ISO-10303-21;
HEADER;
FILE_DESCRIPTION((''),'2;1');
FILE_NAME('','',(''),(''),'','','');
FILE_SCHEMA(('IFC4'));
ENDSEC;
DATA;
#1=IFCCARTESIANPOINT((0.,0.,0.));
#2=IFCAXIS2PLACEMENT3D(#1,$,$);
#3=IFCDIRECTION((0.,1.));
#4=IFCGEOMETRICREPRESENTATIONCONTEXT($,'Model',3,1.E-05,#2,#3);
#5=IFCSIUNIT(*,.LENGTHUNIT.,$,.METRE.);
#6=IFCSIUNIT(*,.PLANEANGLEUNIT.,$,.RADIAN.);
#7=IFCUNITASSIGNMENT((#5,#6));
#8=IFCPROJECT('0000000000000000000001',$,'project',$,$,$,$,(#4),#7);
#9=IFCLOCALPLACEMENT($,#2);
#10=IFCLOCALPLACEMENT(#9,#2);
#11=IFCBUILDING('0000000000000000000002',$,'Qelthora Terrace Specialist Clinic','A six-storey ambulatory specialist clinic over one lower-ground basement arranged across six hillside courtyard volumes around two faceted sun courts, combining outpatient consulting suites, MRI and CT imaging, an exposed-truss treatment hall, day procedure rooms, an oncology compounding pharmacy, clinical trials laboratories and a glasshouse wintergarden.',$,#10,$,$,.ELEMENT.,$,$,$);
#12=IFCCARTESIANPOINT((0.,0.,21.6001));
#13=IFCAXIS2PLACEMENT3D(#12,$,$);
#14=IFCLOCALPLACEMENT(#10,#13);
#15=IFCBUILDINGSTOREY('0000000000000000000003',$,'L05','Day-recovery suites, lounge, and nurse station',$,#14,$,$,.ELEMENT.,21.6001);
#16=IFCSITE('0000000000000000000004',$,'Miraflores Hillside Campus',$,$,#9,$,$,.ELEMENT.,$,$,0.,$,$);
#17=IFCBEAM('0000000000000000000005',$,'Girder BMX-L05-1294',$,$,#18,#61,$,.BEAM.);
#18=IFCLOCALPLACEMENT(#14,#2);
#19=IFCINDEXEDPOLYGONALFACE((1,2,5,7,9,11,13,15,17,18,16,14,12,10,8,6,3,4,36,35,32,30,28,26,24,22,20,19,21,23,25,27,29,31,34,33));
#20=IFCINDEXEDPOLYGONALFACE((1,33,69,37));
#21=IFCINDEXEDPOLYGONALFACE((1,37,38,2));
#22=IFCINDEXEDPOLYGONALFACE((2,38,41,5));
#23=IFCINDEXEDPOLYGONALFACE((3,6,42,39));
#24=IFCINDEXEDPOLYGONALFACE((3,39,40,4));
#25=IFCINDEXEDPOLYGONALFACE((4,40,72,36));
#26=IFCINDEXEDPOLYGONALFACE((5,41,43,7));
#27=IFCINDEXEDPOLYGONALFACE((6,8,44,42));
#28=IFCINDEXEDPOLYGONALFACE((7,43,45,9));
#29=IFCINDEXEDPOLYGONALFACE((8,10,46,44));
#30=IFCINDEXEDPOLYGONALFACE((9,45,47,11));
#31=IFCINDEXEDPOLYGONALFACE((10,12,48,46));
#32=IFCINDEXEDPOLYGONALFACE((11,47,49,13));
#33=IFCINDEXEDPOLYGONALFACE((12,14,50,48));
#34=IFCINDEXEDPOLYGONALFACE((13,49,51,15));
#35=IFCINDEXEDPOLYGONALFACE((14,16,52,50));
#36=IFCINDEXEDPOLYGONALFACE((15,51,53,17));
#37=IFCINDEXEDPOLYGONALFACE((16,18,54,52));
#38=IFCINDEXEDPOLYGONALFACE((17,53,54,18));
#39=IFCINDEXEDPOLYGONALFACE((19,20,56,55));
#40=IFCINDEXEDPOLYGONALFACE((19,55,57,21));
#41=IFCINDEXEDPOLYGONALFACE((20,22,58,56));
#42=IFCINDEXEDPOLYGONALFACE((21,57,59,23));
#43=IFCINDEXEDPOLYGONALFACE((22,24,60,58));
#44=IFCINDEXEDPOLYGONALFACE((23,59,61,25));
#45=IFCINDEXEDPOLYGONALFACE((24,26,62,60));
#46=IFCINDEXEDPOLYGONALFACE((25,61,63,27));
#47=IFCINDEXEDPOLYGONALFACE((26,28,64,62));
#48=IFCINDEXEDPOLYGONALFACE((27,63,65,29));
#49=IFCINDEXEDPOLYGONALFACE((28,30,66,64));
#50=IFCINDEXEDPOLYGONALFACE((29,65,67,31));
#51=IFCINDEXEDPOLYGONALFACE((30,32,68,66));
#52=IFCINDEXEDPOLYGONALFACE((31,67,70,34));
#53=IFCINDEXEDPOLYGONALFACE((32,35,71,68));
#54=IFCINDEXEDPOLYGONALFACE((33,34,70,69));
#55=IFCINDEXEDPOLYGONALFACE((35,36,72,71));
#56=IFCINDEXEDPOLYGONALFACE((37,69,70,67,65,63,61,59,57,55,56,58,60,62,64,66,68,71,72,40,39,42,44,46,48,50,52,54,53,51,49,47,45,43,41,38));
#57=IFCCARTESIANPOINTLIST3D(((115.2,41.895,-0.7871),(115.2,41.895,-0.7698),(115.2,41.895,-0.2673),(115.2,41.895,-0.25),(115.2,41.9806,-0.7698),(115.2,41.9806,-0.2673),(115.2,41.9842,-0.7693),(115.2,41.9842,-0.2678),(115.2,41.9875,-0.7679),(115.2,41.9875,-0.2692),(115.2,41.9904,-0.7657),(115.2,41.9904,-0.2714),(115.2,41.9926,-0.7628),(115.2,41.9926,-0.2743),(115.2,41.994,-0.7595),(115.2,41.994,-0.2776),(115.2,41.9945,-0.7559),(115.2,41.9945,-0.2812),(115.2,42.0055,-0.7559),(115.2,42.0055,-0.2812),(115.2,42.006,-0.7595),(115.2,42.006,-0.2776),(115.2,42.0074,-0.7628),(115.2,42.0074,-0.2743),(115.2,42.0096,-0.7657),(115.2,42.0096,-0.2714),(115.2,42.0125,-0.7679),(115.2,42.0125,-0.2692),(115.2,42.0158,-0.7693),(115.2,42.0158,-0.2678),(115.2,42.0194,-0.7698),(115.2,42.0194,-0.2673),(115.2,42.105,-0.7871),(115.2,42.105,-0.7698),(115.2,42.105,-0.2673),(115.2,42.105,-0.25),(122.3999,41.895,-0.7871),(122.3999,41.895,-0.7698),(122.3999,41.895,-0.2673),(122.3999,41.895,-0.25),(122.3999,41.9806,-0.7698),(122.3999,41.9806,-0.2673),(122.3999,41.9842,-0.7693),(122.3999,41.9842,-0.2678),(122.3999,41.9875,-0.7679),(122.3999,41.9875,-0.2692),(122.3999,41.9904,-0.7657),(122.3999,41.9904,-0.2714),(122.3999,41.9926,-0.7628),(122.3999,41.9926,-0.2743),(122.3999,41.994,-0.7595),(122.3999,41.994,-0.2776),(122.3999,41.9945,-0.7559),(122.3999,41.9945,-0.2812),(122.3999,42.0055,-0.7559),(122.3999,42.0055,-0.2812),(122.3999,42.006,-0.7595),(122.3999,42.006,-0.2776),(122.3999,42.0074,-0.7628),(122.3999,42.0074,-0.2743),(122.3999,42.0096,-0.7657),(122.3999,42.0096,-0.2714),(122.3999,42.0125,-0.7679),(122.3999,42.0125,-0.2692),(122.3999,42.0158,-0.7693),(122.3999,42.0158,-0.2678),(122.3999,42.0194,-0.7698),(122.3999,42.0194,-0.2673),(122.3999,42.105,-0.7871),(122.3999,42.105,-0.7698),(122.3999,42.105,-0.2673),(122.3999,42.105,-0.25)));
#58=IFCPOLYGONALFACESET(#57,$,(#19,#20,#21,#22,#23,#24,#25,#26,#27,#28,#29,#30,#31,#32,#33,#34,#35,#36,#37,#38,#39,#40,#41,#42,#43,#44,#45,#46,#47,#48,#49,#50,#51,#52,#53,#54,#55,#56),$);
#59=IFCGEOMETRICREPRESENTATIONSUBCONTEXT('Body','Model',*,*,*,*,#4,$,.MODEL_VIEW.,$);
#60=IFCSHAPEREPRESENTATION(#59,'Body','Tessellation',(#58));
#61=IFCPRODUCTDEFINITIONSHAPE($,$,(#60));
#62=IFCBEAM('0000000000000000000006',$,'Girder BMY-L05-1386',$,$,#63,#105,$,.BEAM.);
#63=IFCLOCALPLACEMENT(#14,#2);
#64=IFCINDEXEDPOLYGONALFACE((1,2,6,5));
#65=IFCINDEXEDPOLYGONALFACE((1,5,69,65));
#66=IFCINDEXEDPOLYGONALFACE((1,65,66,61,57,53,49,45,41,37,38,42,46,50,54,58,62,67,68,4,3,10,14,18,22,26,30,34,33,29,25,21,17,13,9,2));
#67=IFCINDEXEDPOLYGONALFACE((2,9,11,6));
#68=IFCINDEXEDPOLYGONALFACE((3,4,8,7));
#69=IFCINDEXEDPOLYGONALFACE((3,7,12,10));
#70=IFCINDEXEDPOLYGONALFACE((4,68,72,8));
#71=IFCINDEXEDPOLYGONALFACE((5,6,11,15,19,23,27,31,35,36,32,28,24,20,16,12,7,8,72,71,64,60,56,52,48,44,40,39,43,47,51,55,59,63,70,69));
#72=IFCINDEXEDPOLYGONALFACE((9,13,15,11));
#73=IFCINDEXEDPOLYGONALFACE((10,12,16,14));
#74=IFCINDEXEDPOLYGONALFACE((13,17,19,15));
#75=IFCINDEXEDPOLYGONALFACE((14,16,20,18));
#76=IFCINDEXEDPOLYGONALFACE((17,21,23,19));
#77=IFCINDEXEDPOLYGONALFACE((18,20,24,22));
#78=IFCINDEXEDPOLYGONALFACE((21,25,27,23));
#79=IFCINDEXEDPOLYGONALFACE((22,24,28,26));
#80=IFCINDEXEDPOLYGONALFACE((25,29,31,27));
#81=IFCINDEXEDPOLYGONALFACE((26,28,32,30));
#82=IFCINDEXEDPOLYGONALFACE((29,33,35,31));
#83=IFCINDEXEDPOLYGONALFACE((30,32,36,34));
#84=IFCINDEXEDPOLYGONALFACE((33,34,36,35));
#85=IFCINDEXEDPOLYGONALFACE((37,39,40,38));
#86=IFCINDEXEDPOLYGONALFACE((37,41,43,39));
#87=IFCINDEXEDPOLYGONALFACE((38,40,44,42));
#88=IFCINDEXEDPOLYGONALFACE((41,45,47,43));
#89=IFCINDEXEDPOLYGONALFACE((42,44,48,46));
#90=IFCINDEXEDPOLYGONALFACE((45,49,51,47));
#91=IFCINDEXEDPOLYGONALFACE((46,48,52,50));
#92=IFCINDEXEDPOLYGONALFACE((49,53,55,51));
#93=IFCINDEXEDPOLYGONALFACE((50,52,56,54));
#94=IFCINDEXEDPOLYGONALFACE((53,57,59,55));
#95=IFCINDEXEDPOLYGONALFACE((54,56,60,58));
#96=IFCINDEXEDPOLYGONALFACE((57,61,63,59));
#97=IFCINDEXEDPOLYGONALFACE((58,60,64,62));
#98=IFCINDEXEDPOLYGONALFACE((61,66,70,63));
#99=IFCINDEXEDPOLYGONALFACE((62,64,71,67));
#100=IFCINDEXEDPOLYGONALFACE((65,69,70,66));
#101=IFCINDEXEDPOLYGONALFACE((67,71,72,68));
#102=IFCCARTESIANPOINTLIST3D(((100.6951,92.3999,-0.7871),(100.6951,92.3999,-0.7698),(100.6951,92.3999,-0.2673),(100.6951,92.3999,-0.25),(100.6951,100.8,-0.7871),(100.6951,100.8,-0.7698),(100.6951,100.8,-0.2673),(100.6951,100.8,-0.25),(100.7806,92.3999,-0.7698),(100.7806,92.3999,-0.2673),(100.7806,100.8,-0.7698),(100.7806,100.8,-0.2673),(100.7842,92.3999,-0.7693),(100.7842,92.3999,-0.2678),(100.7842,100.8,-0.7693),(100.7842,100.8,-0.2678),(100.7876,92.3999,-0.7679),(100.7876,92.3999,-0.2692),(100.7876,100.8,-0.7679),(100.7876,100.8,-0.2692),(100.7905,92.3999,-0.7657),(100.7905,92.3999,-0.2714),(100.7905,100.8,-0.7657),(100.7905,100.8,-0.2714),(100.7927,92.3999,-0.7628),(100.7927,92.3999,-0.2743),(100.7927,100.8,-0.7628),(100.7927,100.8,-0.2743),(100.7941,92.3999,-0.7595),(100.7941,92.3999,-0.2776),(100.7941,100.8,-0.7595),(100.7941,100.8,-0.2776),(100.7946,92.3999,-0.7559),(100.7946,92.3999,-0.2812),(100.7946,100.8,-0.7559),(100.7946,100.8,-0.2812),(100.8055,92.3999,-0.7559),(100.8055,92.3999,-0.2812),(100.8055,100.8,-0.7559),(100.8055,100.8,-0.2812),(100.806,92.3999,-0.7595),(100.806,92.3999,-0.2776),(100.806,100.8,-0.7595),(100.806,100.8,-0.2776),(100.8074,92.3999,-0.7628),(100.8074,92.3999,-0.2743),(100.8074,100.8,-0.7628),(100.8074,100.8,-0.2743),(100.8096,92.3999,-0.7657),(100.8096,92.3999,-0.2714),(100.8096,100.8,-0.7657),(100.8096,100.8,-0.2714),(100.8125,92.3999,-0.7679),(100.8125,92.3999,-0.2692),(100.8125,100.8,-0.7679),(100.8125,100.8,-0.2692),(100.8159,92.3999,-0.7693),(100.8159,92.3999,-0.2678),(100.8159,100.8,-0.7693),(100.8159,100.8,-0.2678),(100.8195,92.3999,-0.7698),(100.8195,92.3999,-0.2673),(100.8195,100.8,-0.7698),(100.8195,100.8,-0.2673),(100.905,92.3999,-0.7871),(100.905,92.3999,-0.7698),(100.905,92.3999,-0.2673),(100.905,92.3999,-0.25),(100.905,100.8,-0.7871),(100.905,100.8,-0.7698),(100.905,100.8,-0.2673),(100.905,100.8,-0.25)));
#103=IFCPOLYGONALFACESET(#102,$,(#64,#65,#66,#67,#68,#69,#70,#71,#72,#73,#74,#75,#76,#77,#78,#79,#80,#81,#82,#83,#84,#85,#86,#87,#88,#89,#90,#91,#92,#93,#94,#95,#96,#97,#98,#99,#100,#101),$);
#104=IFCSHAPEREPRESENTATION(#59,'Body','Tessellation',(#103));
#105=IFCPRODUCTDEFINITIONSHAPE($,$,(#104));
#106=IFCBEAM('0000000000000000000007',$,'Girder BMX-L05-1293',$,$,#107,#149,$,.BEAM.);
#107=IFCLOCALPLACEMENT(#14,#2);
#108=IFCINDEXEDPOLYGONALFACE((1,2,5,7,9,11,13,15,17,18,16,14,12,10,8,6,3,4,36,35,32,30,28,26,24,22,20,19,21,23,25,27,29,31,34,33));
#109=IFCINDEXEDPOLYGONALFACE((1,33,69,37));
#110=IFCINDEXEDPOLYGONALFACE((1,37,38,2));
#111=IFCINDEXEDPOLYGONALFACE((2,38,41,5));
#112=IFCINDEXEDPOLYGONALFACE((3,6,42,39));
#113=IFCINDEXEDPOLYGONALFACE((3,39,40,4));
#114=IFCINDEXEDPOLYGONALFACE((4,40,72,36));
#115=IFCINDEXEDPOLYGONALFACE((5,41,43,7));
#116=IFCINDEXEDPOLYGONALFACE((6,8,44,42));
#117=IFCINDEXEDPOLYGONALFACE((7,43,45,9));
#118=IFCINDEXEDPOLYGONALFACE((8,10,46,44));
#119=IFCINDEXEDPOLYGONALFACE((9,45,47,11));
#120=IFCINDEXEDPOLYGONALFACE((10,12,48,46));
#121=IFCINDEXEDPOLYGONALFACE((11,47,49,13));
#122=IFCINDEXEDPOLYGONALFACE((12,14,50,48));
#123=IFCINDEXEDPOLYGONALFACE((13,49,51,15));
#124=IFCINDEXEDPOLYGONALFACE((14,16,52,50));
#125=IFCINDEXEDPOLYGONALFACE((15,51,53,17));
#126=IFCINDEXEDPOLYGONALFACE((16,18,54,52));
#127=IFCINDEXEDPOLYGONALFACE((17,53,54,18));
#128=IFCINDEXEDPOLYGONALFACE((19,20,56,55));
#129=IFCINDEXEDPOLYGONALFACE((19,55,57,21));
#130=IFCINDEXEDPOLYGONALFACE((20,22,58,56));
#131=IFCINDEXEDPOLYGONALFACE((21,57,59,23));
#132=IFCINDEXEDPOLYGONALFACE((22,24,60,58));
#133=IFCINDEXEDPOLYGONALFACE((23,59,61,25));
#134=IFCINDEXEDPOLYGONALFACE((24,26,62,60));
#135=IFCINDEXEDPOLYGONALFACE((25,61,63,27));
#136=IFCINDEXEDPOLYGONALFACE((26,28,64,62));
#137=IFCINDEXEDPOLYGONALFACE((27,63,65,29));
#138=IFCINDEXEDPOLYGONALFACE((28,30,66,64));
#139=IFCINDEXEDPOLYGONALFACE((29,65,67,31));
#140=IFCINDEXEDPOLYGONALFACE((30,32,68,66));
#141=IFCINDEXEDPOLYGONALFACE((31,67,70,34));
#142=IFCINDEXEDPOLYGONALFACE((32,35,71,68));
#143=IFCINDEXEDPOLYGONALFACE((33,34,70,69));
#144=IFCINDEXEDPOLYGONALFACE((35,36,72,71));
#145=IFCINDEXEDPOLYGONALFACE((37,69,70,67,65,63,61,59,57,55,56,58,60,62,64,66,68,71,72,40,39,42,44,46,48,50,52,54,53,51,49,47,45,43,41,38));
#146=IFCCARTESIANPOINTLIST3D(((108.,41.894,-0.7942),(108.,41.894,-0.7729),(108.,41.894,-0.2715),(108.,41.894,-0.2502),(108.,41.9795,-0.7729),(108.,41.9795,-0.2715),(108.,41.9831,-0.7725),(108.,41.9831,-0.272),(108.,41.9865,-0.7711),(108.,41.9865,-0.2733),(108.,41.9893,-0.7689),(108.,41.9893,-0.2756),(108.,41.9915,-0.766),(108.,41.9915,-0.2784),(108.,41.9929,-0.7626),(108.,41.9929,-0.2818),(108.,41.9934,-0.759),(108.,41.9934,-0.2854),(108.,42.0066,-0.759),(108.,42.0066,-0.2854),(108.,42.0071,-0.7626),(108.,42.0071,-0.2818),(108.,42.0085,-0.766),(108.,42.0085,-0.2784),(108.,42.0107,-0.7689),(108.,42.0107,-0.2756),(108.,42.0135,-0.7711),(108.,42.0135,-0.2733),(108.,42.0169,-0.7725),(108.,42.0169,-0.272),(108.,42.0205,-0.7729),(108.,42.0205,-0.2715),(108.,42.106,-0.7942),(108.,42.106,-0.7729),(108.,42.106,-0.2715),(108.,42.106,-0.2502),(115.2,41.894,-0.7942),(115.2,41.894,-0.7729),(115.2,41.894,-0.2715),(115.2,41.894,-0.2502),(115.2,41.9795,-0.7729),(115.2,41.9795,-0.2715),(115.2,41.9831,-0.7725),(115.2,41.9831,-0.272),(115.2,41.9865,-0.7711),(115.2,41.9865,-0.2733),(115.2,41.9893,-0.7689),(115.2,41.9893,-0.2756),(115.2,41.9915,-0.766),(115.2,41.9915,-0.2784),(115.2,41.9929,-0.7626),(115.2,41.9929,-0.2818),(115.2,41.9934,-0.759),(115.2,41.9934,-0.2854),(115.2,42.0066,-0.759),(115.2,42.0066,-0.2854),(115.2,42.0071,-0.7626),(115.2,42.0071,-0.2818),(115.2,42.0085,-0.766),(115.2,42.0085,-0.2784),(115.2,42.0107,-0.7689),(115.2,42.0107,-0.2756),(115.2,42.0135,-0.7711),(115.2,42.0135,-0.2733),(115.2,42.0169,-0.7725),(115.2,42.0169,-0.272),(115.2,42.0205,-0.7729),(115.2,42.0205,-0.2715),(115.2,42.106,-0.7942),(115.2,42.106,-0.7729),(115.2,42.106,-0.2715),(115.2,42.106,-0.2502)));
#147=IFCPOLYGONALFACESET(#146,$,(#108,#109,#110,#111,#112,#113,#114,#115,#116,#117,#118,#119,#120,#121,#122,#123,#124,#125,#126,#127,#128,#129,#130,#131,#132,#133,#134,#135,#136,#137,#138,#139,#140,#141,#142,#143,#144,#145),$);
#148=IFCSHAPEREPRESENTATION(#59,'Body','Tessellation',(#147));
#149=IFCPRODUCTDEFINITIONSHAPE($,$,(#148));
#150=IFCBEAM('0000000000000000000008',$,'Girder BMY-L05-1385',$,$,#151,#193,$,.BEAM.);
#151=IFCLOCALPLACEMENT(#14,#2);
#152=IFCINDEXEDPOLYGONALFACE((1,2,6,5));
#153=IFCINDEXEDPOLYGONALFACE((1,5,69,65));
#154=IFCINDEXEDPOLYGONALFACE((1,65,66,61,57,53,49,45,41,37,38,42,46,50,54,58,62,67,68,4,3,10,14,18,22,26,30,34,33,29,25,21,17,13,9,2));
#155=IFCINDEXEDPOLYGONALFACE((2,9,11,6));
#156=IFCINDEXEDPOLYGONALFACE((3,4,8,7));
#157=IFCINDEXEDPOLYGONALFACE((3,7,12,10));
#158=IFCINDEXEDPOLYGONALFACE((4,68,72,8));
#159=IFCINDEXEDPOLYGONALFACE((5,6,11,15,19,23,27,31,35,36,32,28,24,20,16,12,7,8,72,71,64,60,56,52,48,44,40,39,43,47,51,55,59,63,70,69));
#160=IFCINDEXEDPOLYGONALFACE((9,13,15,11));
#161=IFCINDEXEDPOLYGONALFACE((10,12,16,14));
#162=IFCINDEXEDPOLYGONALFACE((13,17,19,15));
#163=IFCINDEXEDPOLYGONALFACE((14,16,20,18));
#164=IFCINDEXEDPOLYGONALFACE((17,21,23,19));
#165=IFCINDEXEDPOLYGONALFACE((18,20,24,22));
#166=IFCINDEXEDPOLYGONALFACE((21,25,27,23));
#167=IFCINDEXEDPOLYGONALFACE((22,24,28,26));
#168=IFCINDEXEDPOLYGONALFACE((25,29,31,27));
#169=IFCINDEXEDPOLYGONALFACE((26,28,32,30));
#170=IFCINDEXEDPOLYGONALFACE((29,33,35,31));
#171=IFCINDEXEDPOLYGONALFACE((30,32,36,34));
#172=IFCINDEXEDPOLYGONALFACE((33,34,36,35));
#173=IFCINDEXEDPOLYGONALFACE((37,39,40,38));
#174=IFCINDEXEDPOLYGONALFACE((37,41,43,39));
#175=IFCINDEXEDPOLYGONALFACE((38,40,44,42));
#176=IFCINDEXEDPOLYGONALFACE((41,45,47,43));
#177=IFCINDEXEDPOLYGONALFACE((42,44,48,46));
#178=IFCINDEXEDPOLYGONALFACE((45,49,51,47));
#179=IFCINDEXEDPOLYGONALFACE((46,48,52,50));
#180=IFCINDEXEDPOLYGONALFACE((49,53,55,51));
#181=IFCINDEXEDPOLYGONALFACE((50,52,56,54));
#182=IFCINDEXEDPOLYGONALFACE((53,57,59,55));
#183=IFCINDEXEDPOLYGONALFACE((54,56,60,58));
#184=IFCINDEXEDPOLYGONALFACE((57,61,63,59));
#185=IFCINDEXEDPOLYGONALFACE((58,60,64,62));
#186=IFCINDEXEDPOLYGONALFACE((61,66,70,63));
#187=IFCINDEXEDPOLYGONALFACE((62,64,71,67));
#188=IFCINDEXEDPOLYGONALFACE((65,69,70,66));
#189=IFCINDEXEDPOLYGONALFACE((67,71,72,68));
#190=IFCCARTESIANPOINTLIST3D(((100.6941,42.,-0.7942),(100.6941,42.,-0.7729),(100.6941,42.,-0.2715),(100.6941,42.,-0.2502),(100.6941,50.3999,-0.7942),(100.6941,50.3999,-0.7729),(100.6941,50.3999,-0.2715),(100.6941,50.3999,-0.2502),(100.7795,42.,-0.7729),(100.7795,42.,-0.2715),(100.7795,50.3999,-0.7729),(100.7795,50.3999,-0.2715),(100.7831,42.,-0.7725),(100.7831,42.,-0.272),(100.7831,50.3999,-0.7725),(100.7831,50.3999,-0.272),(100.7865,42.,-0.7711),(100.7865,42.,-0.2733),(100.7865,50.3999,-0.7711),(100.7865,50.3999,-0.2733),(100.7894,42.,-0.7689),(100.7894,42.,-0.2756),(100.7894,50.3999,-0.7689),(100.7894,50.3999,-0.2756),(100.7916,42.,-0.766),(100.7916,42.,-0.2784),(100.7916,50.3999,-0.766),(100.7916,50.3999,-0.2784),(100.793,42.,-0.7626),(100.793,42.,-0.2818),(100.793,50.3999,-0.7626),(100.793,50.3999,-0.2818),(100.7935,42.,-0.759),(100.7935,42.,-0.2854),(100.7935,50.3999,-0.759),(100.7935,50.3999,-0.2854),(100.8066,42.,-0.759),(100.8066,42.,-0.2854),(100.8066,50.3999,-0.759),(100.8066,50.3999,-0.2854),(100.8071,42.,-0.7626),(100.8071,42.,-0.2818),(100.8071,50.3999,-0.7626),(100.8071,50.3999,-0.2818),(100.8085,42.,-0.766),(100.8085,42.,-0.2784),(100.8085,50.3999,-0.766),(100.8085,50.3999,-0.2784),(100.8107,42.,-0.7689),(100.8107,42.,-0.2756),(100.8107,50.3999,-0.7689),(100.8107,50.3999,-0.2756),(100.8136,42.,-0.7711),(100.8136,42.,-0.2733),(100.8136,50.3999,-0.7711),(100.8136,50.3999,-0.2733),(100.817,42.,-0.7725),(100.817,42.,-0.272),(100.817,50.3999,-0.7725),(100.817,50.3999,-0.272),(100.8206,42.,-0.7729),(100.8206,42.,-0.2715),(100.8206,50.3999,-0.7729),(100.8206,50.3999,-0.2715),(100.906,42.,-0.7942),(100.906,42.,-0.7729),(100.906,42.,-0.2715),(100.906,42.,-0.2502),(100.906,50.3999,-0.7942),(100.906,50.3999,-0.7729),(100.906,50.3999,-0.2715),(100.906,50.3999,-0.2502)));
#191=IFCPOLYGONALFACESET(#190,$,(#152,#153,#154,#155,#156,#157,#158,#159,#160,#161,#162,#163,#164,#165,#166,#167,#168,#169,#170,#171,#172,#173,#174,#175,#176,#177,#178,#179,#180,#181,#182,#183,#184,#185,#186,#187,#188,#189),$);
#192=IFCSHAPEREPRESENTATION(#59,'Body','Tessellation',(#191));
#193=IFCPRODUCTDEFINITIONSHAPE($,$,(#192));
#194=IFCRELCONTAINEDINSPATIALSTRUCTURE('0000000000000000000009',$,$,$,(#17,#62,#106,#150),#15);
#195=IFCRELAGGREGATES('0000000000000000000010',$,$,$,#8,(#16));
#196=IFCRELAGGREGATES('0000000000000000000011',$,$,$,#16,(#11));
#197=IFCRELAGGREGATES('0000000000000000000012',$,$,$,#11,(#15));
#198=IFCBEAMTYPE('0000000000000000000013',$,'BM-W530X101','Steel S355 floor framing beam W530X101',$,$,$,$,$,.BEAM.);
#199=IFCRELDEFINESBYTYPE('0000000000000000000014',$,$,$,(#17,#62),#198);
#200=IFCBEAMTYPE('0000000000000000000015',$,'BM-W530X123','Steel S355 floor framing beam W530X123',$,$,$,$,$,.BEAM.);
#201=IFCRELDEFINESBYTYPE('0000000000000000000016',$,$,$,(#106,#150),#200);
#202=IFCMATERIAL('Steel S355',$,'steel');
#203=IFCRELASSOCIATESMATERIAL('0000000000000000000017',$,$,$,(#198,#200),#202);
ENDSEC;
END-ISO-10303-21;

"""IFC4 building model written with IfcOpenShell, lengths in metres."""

from ifc_helpers import new_model, si_unit, direction, frame, origin, origin_2d, place, context, subcontext, project, spatial, i_section, extrude, material, material_profile, profile_set, type_object, element, save


model = new_model("IFC4")

# Units and contexts
model_context = context("Model", 3, precision=1e-05, world=origin(), true_north=direction((0.0, 1.0)))
body_context = subcontext(model_context, "Body", "Model", "MODEL_VIEW")
ifc_project = project(units=[si_unit("LENGTHUNIT", "METRE"), si_unit("PLANEANGLEUNIT", "RADIAN")], contexts=[model_context])

# Site, building, storey
site_placement = place(None, origin())
site = spatial("IfcSite", under=ifc_project, at=site_placement, Name="Miraflores Hillside Campus", CompositionType="ELEMENT", RefElevation=0.0)
building_placement = place(site_placement, origin())
building = spatial("IfcBuilding", under=site, at=building_placement, Name="Qelthora Terrace Specialist Clinic", Description="A six-storey ambulatory specialist clinic over one lower-ground basement arranged across six hillside courtyard volumes around two faceted sun courts, combining outpatient consulting suites, MRI and CT imaging, an exposed-truss treatment hall, day procedure rooms, an oncology compounding pharmacy, clinical trials laboratories and a glasshouse wintergarden.", CompositionType="ELEMENT")
storey_placement = place(building_placement, frame((0.0, 0.0, 21.6001)))
storey = spatial("IfcBuildingStorey", under=building, at=storey_placement, Name="L05", Description="Day-recovery suites, lounge, and nurse station", CompositionType="ELEMENT", Elevation=21.6001)

# Beams
ifc_material = material(Name="Steel S355", Category="steel")
ifc_material_profile_1 = material_profile(ifc_material, i_section(OverallWidth=0.21, OverallDepth=0.5371, WebThickness=0.011, FlangeThickness=0.0173, FilletRadius=0.0139, at=origin_2d()), Name="W530X101")
ifc_profile_set_1 = profile_set([ifc_material_profile_1], Name="Steel S355")
beam_type_1 = type_object("IfcBeamType", Name="BM-W530X101", Description="Steel S355 floor framing beam W530X101", PredefinedType="BEAM", material=ifc_profile_set_1)
beam_1_placement = place(storey_placement, frame((115.2, 42.0, -0.5186), z_axis=(1.0, 0.0, 0.0), x_axis=(0.0, 1.0, 0.0)))
element("IfcBeam", 1, at=beam_1_placement, inside=storey, type_object=beam_type_1, Name="Girder BMX-L05-1294", PredefinedType="BEAM", context=body_context, shape_type="SweptSolid", body=[
    extrude(i_section(OverallWidth=0.21, OverallDepth=0.5371, WebThickness=0.011, FlangeThickness=0.0173, FilletRadius=0.0139, at=origin_2d()), origin(), (0.0, 0.0, 1.0), 7.2),
])
beam_2_placement = place(storey_placement, frame((100.8, 92.3999, -0.5186), z_axis=(0.0, 1.0, 0.0), x_axis=(-1.0, 0.0, 0.0)))
element("IfcBeam", 2, at=beam_2_placement, inside=storey, type_object=beam_type_1, Name="Girder BMY-L05-1386", PredefinedType="BEAM", context=body_context, shape_type="SweptSolid", body=[
    extrude(i_section(OverallWidth=0.21, OverallDepth=0.5371, WebThickness=0.011, FlangeThickness=0.0173, FilletRadius=0.0139, at=origin_2d()), origin(), (0.0, 0.0, 1.0), 8.4001),
])
ifc_material_profile_2 = material_profile(ifc_material, i_section(OverallWidth=0.2119, OverallDepth=0.5439, WebThickness=0.0132, FlangeThickness=0.0212, FilletRadius=0.0139, at=origin_2d()), Name="W530X123")
ifc_profile_set_2 = profile_set([ifc_material_profile_2], Name="Steel S355")
beam_type_2 = type_object("IfcBeamType", Name="BM-W530X123", Description="Steel S355 floor framing beam W530X123", PredefinedType="BEAM", material=ifc_profile_set_2)
beam_3_placement = place(storey_placement, frame((108.0, 42.0, -0.5222), z_axis=(1.0, 0.0, 0.0), x_axis=(0.0, 1.0, 0.0)))
element("IfcBeam", 3, at=beam_3_placement, inside=storey, type_object=beam_type_2, Name="Girder BMX-L05-1293", PredefinedType="BEAM", context=body_context, shape_type="SweptSolid", body=[
    extrude(i_section(OverallWidth=0.2119, OverallDepth=0.5439, WebThickness=0.0132, FlangeThickness=0.0212, FilletRadius=0.0139, at=origin_2d()), origin(), (0.0, 0.0, 1.0), 7.2),
])
beam_4_placement = place(storey_placement, frame((100.8, 42.0, -0.5222), z_axis=(0.0, 1.0, 0.0), x_axis=(-1.0, 0.0, 0.0)))
element("IfcBeam", 4, at=beam_4_placement, inside=storey, type_object=beam_type_2, Name="Girder BMY-L05-1385", PredefinedType="BEAM", context=body_context, shape_type="SweptSolid", body=[
    extrude(i_section(OverallWidth=0.2119, OverallDepth=0.5439, WebThickness=0.0132, FlangeThickness=0.0212, FilletRadius=0.0139, at=origin_2d()), origin(), (0.0, 0.0, 1.0), 8.3999),
])

save(model, "model.ifc")
